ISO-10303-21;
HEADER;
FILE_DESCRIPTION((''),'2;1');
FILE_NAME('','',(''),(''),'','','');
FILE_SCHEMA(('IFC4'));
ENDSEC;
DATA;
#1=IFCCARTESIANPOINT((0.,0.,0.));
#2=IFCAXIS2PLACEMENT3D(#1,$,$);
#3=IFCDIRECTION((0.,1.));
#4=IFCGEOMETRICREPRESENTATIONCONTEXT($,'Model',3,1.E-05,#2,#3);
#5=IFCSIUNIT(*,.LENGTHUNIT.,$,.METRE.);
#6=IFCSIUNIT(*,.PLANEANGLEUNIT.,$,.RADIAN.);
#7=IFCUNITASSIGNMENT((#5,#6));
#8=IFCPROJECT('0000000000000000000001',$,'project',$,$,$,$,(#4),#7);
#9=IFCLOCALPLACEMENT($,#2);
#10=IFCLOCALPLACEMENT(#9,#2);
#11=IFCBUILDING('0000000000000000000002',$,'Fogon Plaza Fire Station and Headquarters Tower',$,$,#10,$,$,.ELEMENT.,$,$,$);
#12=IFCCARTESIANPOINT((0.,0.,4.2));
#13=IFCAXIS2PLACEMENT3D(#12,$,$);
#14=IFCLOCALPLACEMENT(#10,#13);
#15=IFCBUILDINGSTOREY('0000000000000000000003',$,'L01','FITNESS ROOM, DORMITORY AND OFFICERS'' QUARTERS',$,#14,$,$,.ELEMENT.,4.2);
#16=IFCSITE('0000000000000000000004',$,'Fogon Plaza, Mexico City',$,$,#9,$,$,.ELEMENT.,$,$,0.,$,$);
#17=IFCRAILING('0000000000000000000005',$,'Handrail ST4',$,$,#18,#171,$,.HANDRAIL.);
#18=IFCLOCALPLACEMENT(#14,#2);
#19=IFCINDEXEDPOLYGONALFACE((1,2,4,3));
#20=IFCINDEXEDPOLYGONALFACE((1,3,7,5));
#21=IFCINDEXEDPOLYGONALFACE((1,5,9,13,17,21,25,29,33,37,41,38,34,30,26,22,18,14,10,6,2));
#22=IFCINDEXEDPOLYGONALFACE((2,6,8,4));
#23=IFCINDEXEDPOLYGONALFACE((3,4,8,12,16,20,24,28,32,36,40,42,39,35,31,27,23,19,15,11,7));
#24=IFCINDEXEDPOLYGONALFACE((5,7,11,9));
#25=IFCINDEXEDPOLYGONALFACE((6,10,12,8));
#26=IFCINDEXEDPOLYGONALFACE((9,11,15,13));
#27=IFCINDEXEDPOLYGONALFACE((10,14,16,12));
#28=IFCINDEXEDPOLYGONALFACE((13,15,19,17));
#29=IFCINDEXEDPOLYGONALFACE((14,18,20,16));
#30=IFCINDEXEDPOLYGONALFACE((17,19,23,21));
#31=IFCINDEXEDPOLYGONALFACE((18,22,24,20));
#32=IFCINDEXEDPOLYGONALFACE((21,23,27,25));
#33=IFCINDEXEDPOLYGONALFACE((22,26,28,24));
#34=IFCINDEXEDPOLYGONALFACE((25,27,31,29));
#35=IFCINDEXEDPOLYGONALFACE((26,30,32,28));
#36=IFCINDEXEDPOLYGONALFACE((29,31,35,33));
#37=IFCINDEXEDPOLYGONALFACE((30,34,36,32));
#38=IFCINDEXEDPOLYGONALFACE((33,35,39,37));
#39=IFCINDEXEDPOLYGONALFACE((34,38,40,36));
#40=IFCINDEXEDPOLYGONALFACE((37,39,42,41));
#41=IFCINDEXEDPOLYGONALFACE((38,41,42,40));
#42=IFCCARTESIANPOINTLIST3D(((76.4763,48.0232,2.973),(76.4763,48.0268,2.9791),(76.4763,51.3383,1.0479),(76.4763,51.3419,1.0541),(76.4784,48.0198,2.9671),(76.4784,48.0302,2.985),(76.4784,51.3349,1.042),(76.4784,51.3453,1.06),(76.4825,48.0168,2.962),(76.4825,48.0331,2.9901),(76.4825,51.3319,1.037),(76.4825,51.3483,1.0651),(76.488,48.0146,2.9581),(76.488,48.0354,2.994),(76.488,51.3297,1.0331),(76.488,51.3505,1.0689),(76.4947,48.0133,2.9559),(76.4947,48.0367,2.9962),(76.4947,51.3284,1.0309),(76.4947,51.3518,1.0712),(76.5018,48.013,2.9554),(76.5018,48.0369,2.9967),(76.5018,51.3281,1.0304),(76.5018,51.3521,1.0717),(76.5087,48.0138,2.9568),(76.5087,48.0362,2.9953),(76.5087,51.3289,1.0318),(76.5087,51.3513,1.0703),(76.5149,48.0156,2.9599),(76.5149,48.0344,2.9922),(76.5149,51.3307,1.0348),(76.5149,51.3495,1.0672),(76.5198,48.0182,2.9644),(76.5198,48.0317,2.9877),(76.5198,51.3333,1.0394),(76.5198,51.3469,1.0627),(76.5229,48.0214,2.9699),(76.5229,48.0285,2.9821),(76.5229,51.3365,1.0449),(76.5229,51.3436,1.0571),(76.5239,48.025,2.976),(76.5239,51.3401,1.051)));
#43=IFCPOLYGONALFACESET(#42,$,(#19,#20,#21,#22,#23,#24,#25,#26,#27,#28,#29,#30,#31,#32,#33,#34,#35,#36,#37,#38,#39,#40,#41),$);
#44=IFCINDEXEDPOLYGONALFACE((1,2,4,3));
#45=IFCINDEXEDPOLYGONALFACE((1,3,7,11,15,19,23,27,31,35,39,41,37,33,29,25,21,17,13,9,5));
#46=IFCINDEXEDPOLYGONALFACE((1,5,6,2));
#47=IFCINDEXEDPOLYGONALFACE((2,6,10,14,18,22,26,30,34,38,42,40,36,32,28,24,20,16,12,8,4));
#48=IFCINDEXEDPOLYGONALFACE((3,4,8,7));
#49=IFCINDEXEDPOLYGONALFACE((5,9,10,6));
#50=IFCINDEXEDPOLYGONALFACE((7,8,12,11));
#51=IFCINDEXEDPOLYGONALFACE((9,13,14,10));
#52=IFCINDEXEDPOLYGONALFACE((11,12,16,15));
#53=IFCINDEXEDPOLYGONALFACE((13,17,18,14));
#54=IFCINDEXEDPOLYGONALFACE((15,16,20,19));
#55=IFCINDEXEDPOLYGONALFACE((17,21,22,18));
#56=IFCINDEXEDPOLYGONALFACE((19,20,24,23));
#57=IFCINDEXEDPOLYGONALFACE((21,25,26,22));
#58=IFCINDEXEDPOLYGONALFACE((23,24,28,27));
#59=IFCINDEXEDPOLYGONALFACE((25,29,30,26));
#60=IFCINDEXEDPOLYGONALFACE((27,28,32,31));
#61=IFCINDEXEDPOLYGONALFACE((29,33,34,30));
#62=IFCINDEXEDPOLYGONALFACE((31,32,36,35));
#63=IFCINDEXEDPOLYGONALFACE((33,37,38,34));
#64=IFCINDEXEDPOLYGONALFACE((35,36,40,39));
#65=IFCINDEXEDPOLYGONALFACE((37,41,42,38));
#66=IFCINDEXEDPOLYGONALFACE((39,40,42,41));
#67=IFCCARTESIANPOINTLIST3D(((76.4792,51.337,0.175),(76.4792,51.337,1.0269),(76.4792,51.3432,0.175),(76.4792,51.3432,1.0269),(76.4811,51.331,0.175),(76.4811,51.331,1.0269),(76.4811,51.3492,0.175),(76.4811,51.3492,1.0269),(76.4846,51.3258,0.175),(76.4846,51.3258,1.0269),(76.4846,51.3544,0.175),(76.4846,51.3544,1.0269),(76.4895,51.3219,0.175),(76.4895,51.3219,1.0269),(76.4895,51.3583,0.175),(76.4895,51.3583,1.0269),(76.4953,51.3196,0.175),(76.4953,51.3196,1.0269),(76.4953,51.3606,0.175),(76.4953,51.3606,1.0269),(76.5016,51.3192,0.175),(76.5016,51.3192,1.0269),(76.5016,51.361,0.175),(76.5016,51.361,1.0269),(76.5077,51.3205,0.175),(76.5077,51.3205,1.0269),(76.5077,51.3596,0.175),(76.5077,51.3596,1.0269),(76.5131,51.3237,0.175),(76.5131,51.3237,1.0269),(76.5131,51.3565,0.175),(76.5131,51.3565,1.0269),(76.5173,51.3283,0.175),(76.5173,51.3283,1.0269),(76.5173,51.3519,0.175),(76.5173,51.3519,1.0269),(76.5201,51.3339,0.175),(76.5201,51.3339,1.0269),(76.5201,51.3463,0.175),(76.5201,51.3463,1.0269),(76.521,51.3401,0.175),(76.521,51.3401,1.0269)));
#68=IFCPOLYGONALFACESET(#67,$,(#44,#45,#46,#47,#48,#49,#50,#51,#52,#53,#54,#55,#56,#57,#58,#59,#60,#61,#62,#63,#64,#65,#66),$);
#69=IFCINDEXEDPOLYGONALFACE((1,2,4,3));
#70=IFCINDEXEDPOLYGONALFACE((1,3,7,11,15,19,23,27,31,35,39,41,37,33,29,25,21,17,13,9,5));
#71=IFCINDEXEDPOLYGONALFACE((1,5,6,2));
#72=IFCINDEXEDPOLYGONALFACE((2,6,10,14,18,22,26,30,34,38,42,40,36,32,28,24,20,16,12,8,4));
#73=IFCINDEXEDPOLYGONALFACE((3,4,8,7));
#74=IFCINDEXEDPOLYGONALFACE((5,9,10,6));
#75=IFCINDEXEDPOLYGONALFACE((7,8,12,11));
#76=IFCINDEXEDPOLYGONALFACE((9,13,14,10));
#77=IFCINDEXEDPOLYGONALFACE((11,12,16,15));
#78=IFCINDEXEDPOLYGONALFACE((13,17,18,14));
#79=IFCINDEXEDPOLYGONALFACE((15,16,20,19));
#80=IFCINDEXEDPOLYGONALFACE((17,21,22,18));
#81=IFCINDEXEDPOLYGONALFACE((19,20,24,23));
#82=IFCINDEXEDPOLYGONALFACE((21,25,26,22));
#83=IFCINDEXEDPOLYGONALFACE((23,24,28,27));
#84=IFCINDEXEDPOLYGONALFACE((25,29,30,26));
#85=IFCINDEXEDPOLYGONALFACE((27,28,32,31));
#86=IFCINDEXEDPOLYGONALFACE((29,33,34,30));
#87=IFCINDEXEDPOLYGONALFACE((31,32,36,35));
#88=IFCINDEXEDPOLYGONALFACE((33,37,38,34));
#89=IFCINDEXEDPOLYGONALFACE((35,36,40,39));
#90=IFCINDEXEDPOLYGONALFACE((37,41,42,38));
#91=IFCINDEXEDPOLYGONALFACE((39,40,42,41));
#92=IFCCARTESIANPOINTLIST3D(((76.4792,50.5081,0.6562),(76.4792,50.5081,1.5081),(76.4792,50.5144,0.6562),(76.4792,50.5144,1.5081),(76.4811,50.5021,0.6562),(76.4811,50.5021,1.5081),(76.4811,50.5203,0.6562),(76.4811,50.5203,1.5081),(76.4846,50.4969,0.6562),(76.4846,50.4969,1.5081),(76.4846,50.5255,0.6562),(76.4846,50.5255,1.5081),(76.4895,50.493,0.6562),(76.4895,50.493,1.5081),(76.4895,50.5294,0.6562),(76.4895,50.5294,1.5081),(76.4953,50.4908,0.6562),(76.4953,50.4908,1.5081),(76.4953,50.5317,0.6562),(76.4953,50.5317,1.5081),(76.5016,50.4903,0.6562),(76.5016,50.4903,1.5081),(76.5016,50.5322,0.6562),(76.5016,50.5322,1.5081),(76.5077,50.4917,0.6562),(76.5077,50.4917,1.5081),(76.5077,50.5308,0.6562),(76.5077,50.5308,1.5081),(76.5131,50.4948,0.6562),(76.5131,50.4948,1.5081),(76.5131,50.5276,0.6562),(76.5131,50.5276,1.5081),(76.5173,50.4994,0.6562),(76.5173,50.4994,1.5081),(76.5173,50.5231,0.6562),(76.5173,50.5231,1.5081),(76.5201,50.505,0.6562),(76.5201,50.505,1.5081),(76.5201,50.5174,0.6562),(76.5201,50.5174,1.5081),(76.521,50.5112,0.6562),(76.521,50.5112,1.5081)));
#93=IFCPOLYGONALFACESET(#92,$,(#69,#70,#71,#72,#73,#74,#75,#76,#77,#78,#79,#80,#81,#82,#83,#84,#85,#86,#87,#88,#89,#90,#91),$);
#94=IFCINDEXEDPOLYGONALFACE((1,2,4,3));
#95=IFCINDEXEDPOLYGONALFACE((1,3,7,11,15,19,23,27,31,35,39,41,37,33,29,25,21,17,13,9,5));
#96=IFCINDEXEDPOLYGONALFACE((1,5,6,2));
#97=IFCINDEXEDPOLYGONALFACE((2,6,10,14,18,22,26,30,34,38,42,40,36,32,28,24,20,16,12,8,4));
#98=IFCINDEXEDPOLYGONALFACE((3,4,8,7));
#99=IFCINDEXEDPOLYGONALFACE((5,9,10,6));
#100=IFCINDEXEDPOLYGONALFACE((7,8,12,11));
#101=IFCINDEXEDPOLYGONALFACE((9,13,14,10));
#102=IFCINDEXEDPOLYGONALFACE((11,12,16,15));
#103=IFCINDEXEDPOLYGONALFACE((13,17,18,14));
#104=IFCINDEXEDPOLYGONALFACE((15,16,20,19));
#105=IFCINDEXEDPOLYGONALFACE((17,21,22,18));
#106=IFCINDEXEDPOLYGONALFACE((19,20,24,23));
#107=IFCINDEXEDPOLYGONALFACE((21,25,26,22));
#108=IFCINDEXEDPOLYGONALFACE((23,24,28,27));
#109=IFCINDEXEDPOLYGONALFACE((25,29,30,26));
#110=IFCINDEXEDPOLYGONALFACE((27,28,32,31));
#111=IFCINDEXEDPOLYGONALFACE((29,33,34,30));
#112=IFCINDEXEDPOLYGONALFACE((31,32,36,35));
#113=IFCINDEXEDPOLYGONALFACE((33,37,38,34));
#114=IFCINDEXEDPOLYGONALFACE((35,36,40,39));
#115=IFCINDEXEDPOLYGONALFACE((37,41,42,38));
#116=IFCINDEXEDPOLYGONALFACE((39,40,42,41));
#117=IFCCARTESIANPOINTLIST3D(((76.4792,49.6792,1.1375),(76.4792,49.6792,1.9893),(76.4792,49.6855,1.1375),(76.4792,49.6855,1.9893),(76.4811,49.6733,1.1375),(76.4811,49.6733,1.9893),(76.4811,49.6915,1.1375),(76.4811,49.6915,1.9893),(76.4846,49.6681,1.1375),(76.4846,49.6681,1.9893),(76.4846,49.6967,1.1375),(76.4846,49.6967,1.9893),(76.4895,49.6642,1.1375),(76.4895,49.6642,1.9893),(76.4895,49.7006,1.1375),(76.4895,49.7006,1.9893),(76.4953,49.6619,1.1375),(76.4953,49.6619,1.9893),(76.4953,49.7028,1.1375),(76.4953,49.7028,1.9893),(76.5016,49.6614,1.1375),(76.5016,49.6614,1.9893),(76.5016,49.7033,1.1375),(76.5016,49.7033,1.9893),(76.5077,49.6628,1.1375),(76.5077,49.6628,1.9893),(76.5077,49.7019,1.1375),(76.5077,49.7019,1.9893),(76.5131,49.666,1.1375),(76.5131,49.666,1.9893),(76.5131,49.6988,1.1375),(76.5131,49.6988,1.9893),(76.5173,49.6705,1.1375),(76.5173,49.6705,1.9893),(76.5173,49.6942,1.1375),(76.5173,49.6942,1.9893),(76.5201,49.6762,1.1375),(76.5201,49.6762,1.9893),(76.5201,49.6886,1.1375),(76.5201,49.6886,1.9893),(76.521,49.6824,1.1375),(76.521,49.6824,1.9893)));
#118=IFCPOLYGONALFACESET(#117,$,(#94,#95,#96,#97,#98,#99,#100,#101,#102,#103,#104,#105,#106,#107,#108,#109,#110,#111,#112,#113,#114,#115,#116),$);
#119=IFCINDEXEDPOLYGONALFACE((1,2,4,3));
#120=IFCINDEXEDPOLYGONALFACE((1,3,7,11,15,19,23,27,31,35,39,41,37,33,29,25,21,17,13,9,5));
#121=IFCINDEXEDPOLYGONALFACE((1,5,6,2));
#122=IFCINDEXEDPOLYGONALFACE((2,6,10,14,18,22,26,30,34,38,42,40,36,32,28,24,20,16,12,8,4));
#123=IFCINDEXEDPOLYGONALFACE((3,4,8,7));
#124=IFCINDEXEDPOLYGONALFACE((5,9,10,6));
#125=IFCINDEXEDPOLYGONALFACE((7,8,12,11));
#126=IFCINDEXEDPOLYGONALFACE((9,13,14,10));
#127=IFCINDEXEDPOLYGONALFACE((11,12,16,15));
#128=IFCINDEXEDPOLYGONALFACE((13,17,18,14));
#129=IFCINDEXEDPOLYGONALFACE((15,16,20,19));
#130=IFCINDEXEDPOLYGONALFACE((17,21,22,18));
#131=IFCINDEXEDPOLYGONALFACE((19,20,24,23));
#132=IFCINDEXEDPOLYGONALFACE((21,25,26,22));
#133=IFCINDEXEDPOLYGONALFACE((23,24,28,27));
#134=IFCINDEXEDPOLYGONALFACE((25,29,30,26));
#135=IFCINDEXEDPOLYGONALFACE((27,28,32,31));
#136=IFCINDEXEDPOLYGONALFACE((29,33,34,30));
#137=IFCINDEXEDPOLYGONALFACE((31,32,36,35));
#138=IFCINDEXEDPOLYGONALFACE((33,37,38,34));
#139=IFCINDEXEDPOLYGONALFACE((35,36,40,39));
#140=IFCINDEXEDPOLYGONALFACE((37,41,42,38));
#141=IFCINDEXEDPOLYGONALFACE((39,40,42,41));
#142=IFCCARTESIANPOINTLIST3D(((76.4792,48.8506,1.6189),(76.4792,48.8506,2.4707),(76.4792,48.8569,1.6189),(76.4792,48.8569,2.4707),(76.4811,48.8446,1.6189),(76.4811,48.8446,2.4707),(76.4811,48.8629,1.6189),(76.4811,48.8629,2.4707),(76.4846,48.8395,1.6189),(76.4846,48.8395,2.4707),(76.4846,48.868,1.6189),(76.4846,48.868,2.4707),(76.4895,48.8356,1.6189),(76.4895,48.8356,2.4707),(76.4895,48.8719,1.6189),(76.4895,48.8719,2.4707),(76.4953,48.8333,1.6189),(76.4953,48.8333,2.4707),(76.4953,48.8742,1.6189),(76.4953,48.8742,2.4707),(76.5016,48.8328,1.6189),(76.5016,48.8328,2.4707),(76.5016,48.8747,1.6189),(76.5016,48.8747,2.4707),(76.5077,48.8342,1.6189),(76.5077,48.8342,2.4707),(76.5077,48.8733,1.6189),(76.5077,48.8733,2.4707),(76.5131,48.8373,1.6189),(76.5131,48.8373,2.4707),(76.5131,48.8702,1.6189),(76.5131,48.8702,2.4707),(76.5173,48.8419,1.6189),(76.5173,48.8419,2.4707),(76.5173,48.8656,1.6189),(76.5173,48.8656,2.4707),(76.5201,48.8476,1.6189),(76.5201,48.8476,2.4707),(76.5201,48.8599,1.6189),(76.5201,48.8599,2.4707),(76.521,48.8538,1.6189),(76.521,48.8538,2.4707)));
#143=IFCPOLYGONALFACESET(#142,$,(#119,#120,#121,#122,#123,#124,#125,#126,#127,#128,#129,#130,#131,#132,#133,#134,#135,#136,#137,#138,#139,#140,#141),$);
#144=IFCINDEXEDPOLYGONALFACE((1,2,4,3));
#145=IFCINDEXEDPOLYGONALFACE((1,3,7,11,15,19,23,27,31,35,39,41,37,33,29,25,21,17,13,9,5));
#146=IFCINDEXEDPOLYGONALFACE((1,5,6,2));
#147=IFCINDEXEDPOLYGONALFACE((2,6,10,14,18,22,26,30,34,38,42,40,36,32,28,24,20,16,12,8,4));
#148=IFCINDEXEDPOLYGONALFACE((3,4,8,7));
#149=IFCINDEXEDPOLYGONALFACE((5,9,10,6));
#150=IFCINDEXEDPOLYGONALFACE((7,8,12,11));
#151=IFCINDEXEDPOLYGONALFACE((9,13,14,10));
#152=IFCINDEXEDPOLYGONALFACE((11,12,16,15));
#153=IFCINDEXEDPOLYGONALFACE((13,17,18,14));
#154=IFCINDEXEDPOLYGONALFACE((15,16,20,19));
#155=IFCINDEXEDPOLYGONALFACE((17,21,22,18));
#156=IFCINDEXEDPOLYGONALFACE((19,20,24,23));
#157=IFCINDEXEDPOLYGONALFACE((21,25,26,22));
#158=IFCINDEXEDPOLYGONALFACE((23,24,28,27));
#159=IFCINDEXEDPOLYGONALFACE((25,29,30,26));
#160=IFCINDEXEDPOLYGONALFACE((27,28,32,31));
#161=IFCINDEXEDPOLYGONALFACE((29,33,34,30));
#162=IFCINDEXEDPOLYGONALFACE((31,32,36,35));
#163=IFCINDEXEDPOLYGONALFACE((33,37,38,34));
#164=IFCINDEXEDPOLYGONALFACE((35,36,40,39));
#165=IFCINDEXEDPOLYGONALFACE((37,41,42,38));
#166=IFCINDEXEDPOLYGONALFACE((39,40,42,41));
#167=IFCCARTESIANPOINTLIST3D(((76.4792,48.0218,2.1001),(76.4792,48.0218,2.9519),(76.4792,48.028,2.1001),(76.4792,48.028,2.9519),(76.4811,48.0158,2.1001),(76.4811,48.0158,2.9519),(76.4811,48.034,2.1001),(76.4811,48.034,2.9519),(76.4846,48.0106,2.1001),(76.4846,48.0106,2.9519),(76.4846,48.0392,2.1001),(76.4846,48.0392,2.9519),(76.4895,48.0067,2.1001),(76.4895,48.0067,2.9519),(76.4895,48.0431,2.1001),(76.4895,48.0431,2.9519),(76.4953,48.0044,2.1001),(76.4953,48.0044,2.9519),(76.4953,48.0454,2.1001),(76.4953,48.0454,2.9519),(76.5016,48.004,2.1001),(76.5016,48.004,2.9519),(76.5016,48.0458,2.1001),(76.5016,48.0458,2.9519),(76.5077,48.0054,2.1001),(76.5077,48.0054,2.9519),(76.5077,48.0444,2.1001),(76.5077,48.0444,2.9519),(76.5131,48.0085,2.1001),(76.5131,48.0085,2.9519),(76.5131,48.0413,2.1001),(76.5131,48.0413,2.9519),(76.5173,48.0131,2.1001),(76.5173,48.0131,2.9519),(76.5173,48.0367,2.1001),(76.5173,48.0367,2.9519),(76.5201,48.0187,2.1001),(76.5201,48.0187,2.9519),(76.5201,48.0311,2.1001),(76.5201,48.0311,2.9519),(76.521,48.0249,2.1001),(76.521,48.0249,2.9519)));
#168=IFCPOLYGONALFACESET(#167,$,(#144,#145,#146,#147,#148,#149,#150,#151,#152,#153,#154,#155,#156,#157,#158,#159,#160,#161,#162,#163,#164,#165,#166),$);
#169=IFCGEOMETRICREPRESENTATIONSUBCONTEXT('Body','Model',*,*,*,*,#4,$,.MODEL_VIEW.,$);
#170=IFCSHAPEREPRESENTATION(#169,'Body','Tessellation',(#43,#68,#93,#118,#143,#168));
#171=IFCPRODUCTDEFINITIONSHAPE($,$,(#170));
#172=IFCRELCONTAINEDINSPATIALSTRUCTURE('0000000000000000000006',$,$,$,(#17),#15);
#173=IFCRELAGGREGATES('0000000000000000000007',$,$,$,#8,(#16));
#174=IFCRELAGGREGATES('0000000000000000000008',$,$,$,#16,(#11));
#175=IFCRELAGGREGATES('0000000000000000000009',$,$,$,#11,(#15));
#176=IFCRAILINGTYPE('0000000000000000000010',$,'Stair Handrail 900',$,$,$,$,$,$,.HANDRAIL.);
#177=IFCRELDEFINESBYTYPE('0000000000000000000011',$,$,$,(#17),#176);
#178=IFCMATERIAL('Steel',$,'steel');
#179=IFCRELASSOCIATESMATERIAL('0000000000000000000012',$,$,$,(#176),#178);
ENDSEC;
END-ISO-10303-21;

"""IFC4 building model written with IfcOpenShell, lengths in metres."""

from ifc_helpers import new_model, si_unit, direction, frame, origin, origin_2d, place, context, subcontext, project, spatial, circle, extrude, material, type_object, element, save


model = new_model("IFC4")

# Units and contexts
model_context = context("Model", 3, precision=1e-05, world=origin(), true_north=direction((0.0, 1.0)))
body_context = subcontext(model_context, "Body", "Model", "MODEL_VIEW")
ifc_project = project(units=[si_unit("LENGTHUNIT", "METRE"), si_unit("PLANEANGLEUNIT", "RADIAN")], contexts=[model_context])

# Site, building, storey
site_placement = place(None, origin())
site = spatial("IfcSite", under=ifc_project, at=site_placement, Name="Fogon Plaza, Mexico City", CompositionType="ELEMENT", RefElevation=0.0)
building_placement = place(site_placement, origin())
building = spatial("IfcBuilding", under=site, at=building_placement, Name="Fogon Plaza Fire Station and Headquarters Tower", CompositionType="ELEMENT")
storey_placement = place(building_placement, frame((0.0, 0.0, 4.2)))
storey = spatial("IfcBuildingStorey", under=building, at=storey_placement, Name="L01", Description="FITNESS ROOM, DORMITORY AND OFFICERS' QUARTERS", CompositionType="ELEMENT", Elevation=4.2)

# Railing
ifc_material_1 = material(Name="Steel", Category="steel")
railing_type = type_object("IfcRailingType", Name="Stair Handrail 900", PredefinedType="HANDRAIL", material=ifc_material_1)
for number, where, name in (
    (1, (76.5, 51.3401, 0.175), "Handrail ST4"),
):
    element("IfcRailing", number, at=place(storey_placement, frame(where)), inside=storey, type_object=railing_type, Name=name, PredefinedType="HANDRAIL", context=body_context, shape_type="SweptSolid", body=[
        extrude(circle(Radius=0.0239, at=origin_2d()), frame((0.0, 0.0, 0.876), z_axis=(0.0, -0.864777, 0.502155), x_axis=(1.0, 0.0, 0.0)), (0.0, 0.0, 1.0), 3.8335),
        extrude(circle(Radius=0.021, at=origin_2d()), origin(), (0.0, 0.0, 1.0), 0.8518),
        extrude(circle(Radius=0.021, at=origin_2d()), frame((0.0, -0.8289, 0.4812)), (0.0, 0.0, 1.0), 0.8518),
        extrude(circle(Radius=0.021, at=origin_2d()), frame((0.0, -1.6577, 0.9624)), (0.0, 0.0, 1.0), 0.8518),
        extrude(circle(Radius=0.021, at=origin_2d()), frame((0.0, -2.4863, 1.4438)), (0.0, 0.0, 1.0), 0.8518),
        extrude(circle(Radius=0.021, at=origin_2d()), frame((0.0, -3.3152, 1.925)), (0.0, 0.0, 1.0), 0.8518),
    ])

save(model, "model.ifc")
